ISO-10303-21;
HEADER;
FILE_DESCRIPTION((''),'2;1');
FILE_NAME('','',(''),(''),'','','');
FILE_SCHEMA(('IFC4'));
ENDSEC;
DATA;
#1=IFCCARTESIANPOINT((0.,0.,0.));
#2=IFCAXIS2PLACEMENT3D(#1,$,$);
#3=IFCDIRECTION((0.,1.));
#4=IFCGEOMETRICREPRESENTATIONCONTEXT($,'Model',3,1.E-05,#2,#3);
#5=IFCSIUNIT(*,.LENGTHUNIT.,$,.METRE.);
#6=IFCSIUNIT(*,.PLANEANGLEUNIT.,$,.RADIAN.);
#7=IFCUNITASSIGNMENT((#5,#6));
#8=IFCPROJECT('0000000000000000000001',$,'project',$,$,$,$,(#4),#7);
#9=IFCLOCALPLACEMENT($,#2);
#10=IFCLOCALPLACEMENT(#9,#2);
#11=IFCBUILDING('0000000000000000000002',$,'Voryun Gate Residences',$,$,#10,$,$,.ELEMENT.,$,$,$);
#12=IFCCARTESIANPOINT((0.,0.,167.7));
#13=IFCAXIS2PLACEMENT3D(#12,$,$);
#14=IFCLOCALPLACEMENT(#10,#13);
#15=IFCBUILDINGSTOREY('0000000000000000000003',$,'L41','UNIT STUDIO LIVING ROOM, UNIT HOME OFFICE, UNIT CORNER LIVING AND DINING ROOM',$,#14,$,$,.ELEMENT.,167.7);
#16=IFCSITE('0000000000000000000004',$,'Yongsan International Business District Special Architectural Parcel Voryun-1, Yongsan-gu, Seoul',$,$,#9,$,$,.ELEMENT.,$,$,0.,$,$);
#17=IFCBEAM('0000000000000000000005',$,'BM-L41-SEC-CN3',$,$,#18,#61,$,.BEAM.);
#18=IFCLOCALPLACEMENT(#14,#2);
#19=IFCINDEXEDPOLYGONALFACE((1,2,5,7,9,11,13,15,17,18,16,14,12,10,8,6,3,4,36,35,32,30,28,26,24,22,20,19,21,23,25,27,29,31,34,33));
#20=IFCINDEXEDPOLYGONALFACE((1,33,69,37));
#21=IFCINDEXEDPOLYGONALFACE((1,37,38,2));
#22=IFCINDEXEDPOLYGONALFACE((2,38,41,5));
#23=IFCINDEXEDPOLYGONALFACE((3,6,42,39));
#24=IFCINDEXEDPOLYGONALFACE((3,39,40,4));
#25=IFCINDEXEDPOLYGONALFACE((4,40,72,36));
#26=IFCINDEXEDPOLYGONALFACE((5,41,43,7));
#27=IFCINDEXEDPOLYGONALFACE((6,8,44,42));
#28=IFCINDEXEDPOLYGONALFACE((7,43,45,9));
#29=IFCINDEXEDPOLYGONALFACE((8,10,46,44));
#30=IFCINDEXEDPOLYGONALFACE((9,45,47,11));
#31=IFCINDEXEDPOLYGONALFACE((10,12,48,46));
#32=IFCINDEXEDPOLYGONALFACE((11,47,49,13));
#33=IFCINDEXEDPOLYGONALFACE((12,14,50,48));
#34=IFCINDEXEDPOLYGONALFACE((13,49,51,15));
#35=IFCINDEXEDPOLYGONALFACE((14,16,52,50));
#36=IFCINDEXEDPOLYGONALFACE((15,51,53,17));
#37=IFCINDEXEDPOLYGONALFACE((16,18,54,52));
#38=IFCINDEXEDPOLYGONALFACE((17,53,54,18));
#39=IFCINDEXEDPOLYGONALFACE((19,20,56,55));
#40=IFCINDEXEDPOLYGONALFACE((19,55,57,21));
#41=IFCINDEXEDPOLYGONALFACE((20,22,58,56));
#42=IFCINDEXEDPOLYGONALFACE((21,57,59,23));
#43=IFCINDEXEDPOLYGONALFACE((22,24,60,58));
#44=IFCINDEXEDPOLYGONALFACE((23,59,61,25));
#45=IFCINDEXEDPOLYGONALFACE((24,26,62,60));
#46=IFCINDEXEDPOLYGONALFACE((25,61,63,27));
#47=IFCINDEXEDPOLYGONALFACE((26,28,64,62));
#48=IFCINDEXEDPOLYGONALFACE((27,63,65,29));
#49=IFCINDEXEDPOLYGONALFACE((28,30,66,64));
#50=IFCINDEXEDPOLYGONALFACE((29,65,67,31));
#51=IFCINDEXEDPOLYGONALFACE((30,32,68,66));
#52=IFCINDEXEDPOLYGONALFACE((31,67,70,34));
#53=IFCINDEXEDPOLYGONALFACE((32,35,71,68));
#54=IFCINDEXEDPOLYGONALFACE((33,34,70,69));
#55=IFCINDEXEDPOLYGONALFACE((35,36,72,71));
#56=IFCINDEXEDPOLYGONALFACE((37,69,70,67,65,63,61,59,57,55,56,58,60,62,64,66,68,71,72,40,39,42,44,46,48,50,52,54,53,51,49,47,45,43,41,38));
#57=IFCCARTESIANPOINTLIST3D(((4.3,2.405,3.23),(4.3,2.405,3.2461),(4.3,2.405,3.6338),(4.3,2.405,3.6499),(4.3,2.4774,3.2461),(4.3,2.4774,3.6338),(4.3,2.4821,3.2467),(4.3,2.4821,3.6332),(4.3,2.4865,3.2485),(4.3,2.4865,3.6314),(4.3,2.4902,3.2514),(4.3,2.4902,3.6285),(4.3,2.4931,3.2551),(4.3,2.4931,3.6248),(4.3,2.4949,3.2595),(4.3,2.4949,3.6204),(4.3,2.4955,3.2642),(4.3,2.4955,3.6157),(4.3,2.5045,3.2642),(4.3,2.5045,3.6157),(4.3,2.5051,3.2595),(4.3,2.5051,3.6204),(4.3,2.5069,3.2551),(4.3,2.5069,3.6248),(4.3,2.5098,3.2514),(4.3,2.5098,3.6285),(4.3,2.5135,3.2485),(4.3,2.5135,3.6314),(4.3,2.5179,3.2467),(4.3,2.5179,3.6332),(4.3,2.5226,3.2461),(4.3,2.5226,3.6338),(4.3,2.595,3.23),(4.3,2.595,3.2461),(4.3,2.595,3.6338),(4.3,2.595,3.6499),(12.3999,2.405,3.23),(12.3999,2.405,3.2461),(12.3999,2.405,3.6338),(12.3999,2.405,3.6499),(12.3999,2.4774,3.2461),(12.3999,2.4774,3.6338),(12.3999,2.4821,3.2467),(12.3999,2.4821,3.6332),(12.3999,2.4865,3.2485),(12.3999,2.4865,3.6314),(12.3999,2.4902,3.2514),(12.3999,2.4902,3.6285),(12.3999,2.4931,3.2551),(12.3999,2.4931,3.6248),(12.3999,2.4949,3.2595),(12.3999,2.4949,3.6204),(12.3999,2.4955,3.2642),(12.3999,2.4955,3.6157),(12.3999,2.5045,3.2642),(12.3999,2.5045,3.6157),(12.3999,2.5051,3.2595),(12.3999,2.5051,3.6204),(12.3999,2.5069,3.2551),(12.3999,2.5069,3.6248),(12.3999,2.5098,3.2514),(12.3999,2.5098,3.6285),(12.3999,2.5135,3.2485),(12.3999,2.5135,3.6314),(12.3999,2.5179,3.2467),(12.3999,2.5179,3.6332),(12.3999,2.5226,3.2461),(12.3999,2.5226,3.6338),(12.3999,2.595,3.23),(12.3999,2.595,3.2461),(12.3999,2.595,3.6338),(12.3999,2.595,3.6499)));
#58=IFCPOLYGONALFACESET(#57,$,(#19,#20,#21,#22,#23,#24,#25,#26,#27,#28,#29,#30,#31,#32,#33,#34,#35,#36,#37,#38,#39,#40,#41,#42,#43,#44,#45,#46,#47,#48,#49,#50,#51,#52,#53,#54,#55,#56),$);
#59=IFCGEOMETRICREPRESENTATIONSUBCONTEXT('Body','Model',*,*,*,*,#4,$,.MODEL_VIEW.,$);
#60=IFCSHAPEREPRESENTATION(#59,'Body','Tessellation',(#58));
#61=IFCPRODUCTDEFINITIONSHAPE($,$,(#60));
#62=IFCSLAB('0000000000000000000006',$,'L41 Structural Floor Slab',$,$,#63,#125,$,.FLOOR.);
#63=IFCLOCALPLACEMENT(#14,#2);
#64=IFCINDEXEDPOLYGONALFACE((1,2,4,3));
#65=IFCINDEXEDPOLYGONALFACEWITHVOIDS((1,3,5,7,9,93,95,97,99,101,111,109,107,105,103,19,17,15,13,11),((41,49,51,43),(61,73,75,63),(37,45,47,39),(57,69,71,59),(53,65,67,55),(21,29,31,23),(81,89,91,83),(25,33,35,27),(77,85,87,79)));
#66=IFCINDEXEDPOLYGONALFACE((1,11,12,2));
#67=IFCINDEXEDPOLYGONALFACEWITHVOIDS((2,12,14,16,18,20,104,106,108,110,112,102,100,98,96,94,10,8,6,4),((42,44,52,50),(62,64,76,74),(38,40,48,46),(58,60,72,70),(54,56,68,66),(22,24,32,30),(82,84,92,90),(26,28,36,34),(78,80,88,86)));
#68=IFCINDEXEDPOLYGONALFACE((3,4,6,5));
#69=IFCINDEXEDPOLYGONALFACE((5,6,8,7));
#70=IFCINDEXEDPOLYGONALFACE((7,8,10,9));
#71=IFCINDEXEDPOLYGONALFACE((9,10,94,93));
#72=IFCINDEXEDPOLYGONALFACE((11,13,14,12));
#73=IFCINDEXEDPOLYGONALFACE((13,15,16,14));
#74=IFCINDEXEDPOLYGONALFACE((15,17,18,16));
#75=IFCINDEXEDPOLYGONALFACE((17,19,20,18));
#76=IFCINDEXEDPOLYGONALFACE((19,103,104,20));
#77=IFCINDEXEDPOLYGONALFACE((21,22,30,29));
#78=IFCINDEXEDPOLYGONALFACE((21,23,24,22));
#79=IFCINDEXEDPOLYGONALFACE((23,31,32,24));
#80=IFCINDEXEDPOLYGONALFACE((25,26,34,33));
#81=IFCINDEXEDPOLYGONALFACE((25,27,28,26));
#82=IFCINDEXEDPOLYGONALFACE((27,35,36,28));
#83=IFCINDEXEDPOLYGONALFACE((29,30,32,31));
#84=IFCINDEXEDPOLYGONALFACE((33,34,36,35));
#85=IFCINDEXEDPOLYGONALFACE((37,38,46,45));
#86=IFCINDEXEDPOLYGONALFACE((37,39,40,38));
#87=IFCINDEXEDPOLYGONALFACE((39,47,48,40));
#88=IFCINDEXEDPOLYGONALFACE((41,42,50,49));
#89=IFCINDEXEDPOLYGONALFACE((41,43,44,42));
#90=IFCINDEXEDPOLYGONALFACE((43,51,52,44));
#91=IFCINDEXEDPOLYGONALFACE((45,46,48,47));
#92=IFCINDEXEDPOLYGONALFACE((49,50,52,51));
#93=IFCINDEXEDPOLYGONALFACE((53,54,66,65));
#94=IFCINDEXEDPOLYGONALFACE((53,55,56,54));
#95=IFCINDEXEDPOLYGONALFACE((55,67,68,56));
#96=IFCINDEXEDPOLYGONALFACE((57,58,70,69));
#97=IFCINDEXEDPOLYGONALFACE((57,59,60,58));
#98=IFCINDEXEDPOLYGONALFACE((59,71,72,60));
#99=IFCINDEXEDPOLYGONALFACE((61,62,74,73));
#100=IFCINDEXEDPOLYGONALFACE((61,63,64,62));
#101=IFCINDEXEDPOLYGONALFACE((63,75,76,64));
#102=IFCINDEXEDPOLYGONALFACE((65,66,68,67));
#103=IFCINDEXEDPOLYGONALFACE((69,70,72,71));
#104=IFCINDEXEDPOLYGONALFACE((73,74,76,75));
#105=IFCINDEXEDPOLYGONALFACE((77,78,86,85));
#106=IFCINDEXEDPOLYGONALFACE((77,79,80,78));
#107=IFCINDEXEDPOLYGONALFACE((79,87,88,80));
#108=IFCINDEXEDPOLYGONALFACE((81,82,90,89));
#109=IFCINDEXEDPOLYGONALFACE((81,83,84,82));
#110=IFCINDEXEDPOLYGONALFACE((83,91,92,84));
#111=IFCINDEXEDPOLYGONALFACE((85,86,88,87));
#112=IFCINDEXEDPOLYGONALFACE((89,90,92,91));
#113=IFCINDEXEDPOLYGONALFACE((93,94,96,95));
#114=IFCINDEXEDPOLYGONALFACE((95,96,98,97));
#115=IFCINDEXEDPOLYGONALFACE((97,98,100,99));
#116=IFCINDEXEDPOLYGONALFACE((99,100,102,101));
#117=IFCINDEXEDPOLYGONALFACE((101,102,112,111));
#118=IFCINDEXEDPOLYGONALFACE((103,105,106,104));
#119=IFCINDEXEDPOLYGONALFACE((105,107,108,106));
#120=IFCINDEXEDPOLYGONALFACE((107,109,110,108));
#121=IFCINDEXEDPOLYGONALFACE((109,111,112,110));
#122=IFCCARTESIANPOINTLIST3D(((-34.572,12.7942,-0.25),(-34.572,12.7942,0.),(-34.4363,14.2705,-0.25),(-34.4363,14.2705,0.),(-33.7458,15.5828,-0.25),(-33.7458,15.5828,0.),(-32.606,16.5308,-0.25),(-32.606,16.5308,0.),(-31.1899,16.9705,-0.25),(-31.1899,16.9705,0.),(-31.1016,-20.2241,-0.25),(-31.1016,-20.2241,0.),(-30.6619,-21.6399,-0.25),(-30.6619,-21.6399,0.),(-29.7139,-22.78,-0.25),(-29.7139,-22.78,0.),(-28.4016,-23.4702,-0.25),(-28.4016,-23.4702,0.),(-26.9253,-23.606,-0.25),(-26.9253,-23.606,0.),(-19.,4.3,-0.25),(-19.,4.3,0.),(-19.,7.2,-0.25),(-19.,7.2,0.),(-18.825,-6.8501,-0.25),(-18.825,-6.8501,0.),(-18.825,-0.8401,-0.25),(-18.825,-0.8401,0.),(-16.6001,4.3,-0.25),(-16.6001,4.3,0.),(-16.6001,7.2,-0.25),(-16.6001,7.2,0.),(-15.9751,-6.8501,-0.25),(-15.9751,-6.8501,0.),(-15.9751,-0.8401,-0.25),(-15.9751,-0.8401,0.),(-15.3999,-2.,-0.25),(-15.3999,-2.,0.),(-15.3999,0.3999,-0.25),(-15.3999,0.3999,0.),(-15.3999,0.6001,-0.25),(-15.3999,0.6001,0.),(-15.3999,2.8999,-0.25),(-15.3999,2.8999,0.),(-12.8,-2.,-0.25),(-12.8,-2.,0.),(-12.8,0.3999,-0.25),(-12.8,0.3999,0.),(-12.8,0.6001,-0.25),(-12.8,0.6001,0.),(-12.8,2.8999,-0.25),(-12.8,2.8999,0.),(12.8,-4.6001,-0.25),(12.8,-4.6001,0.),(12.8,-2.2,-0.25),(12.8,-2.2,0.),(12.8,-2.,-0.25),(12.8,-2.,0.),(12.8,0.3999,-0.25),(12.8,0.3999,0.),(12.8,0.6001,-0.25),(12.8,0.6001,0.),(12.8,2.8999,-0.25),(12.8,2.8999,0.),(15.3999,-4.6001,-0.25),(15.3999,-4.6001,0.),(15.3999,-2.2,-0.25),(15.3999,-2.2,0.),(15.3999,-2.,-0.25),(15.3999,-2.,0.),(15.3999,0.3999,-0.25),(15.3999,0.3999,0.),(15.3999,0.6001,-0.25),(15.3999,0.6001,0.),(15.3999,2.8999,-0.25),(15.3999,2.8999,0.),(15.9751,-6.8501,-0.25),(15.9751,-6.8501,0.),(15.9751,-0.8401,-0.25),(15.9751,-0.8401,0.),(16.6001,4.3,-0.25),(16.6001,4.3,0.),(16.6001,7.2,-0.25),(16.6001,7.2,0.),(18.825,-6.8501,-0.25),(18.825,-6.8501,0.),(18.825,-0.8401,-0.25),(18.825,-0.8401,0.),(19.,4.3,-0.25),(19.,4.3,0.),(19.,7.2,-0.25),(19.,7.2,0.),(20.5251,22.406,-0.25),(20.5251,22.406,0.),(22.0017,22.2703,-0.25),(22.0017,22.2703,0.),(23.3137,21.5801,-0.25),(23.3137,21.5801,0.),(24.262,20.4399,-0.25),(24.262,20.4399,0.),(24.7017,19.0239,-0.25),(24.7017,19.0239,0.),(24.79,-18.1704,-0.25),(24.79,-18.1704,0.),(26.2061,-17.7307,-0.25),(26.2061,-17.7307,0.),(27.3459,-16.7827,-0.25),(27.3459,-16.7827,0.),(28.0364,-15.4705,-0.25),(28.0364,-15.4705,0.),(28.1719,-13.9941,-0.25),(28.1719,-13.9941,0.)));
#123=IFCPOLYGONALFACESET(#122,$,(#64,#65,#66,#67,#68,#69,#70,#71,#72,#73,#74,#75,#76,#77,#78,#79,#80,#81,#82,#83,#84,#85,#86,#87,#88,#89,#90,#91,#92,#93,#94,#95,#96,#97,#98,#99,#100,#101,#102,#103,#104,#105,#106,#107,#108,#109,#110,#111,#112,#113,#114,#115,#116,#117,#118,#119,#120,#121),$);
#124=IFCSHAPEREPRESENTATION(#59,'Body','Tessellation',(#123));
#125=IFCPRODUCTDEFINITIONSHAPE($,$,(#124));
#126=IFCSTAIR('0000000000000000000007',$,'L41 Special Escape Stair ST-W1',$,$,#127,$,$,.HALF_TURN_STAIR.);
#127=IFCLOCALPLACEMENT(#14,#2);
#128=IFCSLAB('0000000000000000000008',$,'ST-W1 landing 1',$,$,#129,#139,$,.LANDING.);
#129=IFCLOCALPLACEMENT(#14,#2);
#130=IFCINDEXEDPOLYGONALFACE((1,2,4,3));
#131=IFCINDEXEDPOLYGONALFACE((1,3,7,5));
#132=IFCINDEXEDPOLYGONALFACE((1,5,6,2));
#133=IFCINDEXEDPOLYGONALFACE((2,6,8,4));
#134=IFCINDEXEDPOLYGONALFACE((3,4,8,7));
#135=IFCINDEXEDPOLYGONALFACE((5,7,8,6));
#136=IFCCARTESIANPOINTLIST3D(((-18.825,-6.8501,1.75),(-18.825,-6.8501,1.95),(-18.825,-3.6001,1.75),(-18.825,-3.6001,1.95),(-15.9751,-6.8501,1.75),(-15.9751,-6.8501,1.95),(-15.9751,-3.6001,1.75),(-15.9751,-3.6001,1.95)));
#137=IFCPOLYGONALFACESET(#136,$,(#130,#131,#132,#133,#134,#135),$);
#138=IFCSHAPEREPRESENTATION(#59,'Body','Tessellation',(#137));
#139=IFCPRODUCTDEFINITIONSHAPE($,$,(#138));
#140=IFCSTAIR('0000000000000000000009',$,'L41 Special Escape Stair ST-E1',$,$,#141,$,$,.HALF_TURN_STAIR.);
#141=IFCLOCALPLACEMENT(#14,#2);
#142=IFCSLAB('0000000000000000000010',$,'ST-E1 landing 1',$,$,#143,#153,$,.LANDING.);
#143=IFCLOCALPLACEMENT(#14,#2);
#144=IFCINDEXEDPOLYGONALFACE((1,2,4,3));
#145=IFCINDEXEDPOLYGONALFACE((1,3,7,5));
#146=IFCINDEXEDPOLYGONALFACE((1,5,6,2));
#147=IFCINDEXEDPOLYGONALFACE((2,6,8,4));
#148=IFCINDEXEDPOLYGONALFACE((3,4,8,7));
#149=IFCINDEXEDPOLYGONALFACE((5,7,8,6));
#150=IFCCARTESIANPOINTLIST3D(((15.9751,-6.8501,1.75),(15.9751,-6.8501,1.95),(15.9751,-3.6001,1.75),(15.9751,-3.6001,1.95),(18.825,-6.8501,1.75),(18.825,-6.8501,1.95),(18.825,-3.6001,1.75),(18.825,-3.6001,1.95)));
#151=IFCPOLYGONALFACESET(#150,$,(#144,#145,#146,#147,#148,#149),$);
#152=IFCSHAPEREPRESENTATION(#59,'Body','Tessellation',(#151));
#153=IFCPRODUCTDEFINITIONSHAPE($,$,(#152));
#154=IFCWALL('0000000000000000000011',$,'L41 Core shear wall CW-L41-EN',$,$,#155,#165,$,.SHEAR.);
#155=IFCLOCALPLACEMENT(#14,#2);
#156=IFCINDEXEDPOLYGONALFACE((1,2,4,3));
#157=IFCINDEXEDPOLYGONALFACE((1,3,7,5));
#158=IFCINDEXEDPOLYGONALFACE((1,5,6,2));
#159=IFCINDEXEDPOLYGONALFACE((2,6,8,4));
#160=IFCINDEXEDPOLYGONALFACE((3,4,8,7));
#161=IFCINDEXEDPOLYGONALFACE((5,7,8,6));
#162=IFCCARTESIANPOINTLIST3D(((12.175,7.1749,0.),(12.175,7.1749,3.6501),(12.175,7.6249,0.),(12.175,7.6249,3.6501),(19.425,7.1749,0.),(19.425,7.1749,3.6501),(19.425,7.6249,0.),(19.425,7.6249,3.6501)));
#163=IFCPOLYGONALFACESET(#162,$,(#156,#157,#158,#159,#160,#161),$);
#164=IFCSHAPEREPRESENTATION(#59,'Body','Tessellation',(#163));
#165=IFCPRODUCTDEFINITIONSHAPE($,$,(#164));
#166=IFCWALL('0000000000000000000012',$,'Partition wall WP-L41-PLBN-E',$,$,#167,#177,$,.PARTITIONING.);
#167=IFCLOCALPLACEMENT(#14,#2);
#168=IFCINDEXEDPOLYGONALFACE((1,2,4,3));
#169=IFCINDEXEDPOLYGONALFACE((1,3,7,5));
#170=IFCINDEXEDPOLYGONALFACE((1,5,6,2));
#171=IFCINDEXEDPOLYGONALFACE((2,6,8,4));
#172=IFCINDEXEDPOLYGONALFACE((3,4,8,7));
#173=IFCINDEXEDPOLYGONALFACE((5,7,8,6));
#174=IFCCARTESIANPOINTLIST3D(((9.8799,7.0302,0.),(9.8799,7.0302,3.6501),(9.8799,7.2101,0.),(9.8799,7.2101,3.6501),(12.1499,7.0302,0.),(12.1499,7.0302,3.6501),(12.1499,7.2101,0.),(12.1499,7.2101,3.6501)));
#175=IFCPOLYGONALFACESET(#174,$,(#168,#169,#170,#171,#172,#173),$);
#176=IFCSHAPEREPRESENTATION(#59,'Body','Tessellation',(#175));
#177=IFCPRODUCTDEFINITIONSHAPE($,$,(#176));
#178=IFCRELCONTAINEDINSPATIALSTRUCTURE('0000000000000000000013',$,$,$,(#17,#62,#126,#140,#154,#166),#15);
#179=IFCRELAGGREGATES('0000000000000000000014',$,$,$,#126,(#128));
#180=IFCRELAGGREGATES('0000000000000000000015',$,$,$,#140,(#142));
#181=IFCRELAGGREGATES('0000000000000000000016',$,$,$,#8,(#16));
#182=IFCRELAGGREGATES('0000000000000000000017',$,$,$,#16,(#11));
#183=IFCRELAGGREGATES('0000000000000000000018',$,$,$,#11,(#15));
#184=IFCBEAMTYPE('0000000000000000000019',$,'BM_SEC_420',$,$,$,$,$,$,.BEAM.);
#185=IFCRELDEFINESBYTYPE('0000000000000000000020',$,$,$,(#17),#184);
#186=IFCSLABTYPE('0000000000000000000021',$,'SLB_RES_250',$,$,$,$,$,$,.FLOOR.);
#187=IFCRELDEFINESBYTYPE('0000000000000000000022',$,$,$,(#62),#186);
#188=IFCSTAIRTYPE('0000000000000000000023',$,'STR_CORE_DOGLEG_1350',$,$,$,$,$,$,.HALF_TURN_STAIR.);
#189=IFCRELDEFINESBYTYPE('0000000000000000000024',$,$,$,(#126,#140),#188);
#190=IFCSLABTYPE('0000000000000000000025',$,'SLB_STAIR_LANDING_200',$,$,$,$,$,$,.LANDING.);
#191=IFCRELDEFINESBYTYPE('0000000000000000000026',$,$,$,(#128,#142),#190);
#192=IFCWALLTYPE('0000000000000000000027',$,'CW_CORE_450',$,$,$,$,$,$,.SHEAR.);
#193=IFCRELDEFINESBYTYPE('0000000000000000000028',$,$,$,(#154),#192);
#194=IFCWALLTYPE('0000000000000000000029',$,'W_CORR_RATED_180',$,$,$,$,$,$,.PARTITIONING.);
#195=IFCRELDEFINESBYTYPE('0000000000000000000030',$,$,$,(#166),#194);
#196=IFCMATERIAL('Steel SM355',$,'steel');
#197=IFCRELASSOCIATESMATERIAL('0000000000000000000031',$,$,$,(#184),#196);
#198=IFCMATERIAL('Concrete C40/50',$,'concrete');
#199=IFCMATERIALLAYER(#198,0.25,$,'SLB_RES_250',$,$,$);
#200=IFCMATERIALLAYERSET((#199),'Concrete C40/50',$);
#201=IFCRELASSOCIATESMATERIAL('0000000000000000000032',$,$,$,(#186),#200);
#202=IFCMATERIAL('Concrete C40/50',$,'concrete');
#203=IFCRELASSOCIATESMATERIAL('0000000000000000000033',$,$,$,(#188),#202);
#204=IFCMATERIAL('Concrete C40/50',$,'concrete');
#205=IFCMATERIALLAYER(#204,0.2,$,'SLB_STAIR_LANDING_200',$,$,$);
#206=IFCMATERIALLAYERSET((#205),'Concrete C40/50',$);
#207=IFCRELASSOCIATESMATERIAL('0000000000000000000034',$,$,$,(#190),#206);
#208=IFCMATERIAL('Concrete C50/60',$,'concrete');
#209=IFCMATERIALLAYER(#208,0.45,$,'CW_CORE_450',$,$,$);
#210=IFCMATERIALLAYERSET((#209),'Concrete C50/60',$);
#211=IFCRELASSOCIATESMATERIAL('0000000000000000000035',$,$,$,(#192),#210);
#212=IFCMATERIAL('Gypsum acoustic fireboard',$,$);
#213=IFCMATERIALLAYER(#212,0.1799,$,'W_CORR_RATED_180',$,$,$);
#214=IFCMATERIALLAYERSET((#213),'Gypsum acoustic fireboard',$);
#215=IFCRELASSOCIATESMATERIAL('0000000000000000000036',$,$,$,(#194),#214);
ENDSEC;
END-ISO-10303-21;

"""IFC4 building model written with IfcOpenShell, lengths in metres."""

from ifc_helpers import new_model, si_unit, direction, frame, frame_2d, origin, origin_2d, place, context, subcontext, project, spatial, polyline, rectangle, i_section, outline, extrude, material, layer, layer_set, material_profile, profile_set, type_object, element, aggregate, save


model = new_model("IFC4")

# Units and contexts
model_context = context("Model", 3, precision=1e-05, world=origin(), true_north=direction((0.0, 1.0)))
body_context = subcontext(model_context, "Body", "Model", "MODEL_VIEW")
ifc_project = project(units=[si_unit("LENGTHUNIT", "METRE"), si_unit("PLANEANGLEUNIT", "RADIAN")], contexts=[model_context])

# Site, building, storey
site_placement = place(None, origin())
site = spatial("IfcSite", under=ifc_project, at=site_placement, Name="Yongsan International Business District Special Architectural Parcel Voryun-1, Yongsan-gu, Seoul", CompositionType="ELEMENT", RefElevation=0.0)
building_placement = place(site_placement, origin())
building = spatial("IfcBuilding", under=site, at=building_placement, Name="Voryun Gate Residences", CompositionType="ELEMENT")
storey_placement = place(building_placement, frame((0.0, 0.0, 167.7)))
storey = spatial("IfcBuildingStorey", under=building, at=storey_placement, Name="L41", Description="UNIT STUDIO LIVING ROOM, UNIT HOME OFFICE, UNIT CORNER LIVING AND DINING ROOM", CompositionType="ELEMENT", Elevation=167.7)

# Beam
ifc_material_1 = material(Name="Steel SM355", Category="steel")
ifc_material_profile_1 = material_profile(ifc_material_1, i_section(OverallWidth=0.1899, OverallDepth=0.4199, WebThickness=0.009, FlangeThickness=0.0161, FilletRadius=0.0181, at=origin_2d()), Name="H-420x190x9x16")
ifc_profile_set_1 = profile_set([ifc_material_profile_1], Name="Steel SM355")
beam_type_1 = type_object("IfcBeamType", Name="BM_SEC_420", PredefinedType="BEAM", material=ifc_profile_set_1)
for number, where, z_axis, x_axis, name in (
    (1, (4.3, 2.5, 3.4399), (1.0, 0.0, 0.0), (0.0, 1.0, 0.0), "BM-L41-SEC-CN3"),
):
    element("IfcBeam", number, at=place(storey_placement, frame(where, z_axis=z_axis, x_axis=x_axis)), inside=storey, type_object=beam_type_1, Name=name, PredefinedType="BEAM", context=body_context, shape_type="SweptSolid", body=[
        extrude(i_section(OverallWidth=0.1899, OverallDepth=0.4199, WebThickness=0.009, FlangeThickness=0.0161, FilletRadius=0.0181, at=origin_2d()), origin(), (0.0, 0.0, 1.0), 8.0999),
    ])

# Slab
ifc_material_2 = material(Name="Concrete C40/50", Category="concrete")
ifc_layer_1 = layer(ifc_material_2, 0.25, Name="SLB_RES_250")
ifc_layer_set_1 = layer_set([ifc_layer_1], Name="Concrete C40/50")
slab_type_1 = type_object("IfcSlabType", Name="SLB_RES_250", PredefinedType="FLOOR", material=ifc_layer_set_1)
slab_1_placement = place(storey_placement, frame((0.0, 0.0, -0.25)))
element("IfcSlab", 2, at=slab_1_placement, inside=storey, type_object=slab_type_1, Name="L41 Structural Floor Slab", PredefinedType="FLOOR", context=body_context, shape_type="SweptSolid", body=[
    extrude(outline(polyline([(-26.9253, -23.606), (-28.4016, -23.4702), (-29.7139, -22.78), (-30.6619, -21.6399), (-31.1016, -20.2241), (-34.572, 12.7942), (-34.4363, 14.2705), (-33.7458, 15.5828), (-32.606, 16.5308), (-31.1899, 16.9705), (20.5251, 22.406), (22.0017, 22.2703), (23.3137, 21.5801), (24.262, 20.4399), (24.7017, 19.0239), (28.1719, -13.9941), (28.0364, -15.4705), (27.3459, -16.7827), (26.2061, -17.7307), (24.79, -18.1704), (-26.9253, -23.606)]), holes=[polyline([(-15.9751, -6.8501), (-15.9751, -0.8401), (-18.825, -0.8401), (-18.825, -6.8501), (-15.9751, -6.8501)]), polyline([(18.825, -6.8501), (18.825, -0.8401), (15.9751, -0.8401), (15.9751, -6.8501), (18.825, -6.8501)]), polyline([(15.3999, -2.2), (12.8, -2.2), (12.8, -4.6001), (15.3999, -4.6001), (15.3999, -2.2)]), polyline([(-12.8, 0.3999), (-15.3999, 0.3999), (-15.3999, -2.0), (-12.8, -2.0), (-12.8, 0.3999)]), polyline([(15.3999, 0.3999), (12.8, 0.3999), (12.8, -2.0), (15.3999, -2.0), (15.3999, 0.3999)]), polyline([(-12.8, 2.8999), (-15.3999, 2.8999), (-15.3999, 0.6001), (-12.8, 0.6001), (-12.8, 2.8999)]), polyline([(15.3999, 2.8999), (12.8, 2.8999), (12.8, 0.6001), (15.3999, 0.6001), (15.3999, 2.8999)]), polyline([(-16.6001, 4.3), (-16.6001, 7.2), (-19.0, 7.2), (-19.0, 4.3), (-16.6001, 4.3)]), polyline([(19.0, 4.3), (19.0, 7.2), (16.6001, 7.2), (16.6001, 4.3), (19.0, 4.3)])]), origin(), (0.0, 0.0, 1.0), 0.25),
])

# Stairs, slabs
ifc_material_3 = material(Name="Concrete C40/50", Category="concrete")
stair_type = type_object("IfcStairType", Name="STR_CORE_DOGLEG_1350", PredefinedType="HALF_TURN_STAIR", material=ifc_material_3)
stair_1_placement = place(storey_placement, origin())
stair_1 = element("IfcStair", 3, at=stair_1_placement, inside=storey, type_object=stair_type, Name="L41 Special Escape Stair ST-W1", PredefinedType="HALF_TURN_STAIR")
ifc_material_4 = material(Name="Concrete C40/50", Category="concrete")
ifc_layer_2 = layer(ifc_material_4, 0.2, Name="SLB_STAIR_LANDING_200")
ifc_layer_set_2 = layer_set([ifc_layer_2], Name="Concrete C40/50")
slab_type_2 = type_object("IfcSlabType", Name="SLB_STAIR_LANDING_200", PredefinedType="LANDING", material=ifc_layer_set_2)
slab_2_placement = place(storey_placement, frame((0.0, 0.0, 1.75)))
slab_2 = element("IfcSlab", 4, at=slab_2_placement, type_object=slab_type_2, Name="ST-W1 landing 1", PredefinedType="LANDING", context=body_context, shape_type="SweptSolid", body=[
    extrude(outline(polyline([(-18.825, -3.6001), (-18.825, -6.8501), (-15.9751, -6.8501), (-15.9751, -3.6001), (-18.825, -3.6001)])), origin(), (0.0, 0.0, 1.0), 0.2),
])
aggregate(stair_1, [slab_2])
stair_2_placement = place(storey_placement, origin())
stair_2 = element("IfcStair", 5, at=stair_2_placement, inside=storey, type_object=stair_type, Name="L41 Special Escape Stair ST-E1", PredefinedType="HALF_TURN_STAIR")
slab_3_placement = place(storey_placement, frame((0.0, 0.0, 1.75)))
slab_3 = element("IfcSlab", 6, at=slab_3_placement, type_object=slab_type_2, Name="ST-E1 landing 1", PredefinedType="LANDING", context=body_context, shape_type="SweptSolid", body=[
    extrude(outline(polyline([(15.9751, -3.6001), (15.9751, -6.8501), (18.825, -6.8501), (18.825, -3.6001), (15.9751, -3.6001)])), origin(), (0.0, 0.0, 1.0), 0.2),
])
aggregate(stair_2, [slab_3])

# Walls
ifc_material_5 = material(Name="Concrete C50/60", Category="concrete")
ifc_layer_3 = layer(ifc_material_5, 0.45, Name="CW_CORE_450")
ifc_layer_set_3 = layer_set([ifc_layer_3], Name="Concrete C50/60")
wall_type_1 = type_object("IfcWallType", Name="CW_CORE_450", PredefinedType="SHEAR", material=ifc_layer_set_3)
wall_1_placement = place(storey_placement, frame((12.175, 7.3999, 0.0), z_axis=(0.0, 0.0, 1.0), x_axis=(1.0, 0.0, 0.0)))
element("IfcWall", 7, at=wall_1_placement, inside=storey, type_object=wall_type_1, Name="L41 Core shear wall CW-L41-EN", PredefinedType="SHEAR", context=body_context, shape_type="SweptSolid", body=[
    extrude(rectangle(XDim=7.25, YDim=0.45, at=frame_2d((3.625, 0.0))), origin(), (0.0, 0.0, 1.0), 3.6501),
])
ifc_material_6 = material(Name="Gypsum acoustic fireboard")
ifc_layer_4 = layer(ifc_material_6, 0.1799, Name="W_CORR_RATED_180")
ifc_layer_set_4 = layer_set([ifc_layer_4], Name="Gypsum acoustic fireboard")
wall_type_2 = type_object("IfcWallType", Name="W_CORR_RATED_180", PredefinedType="PARTITIONING", material=ifc_layer_set_4)
wall_2_placement = place(storey_placement, frame((9.8799, 7.1201, 0.0), z_axis=(0.0, 0.0, 1.0), x_axis=(1.0, 0.0, 0.0)))
element("IfcWall", 8, at=wall_2_placement, inside=storey, type_object=wall_type_2, Name="Partition wall WP-L41-PLBN-E", PredefinedType="PARTITIONING", context=body_context, shape_type="SweptSolid", body=[
    extrude(rectangle(XDim=2.27, YDim=0.1799, at=frame_2d((1.135, 0.0))), origin(), (0.0, 0.0, 1.0), 3.6501),
])

save(model, "model.ifc")
